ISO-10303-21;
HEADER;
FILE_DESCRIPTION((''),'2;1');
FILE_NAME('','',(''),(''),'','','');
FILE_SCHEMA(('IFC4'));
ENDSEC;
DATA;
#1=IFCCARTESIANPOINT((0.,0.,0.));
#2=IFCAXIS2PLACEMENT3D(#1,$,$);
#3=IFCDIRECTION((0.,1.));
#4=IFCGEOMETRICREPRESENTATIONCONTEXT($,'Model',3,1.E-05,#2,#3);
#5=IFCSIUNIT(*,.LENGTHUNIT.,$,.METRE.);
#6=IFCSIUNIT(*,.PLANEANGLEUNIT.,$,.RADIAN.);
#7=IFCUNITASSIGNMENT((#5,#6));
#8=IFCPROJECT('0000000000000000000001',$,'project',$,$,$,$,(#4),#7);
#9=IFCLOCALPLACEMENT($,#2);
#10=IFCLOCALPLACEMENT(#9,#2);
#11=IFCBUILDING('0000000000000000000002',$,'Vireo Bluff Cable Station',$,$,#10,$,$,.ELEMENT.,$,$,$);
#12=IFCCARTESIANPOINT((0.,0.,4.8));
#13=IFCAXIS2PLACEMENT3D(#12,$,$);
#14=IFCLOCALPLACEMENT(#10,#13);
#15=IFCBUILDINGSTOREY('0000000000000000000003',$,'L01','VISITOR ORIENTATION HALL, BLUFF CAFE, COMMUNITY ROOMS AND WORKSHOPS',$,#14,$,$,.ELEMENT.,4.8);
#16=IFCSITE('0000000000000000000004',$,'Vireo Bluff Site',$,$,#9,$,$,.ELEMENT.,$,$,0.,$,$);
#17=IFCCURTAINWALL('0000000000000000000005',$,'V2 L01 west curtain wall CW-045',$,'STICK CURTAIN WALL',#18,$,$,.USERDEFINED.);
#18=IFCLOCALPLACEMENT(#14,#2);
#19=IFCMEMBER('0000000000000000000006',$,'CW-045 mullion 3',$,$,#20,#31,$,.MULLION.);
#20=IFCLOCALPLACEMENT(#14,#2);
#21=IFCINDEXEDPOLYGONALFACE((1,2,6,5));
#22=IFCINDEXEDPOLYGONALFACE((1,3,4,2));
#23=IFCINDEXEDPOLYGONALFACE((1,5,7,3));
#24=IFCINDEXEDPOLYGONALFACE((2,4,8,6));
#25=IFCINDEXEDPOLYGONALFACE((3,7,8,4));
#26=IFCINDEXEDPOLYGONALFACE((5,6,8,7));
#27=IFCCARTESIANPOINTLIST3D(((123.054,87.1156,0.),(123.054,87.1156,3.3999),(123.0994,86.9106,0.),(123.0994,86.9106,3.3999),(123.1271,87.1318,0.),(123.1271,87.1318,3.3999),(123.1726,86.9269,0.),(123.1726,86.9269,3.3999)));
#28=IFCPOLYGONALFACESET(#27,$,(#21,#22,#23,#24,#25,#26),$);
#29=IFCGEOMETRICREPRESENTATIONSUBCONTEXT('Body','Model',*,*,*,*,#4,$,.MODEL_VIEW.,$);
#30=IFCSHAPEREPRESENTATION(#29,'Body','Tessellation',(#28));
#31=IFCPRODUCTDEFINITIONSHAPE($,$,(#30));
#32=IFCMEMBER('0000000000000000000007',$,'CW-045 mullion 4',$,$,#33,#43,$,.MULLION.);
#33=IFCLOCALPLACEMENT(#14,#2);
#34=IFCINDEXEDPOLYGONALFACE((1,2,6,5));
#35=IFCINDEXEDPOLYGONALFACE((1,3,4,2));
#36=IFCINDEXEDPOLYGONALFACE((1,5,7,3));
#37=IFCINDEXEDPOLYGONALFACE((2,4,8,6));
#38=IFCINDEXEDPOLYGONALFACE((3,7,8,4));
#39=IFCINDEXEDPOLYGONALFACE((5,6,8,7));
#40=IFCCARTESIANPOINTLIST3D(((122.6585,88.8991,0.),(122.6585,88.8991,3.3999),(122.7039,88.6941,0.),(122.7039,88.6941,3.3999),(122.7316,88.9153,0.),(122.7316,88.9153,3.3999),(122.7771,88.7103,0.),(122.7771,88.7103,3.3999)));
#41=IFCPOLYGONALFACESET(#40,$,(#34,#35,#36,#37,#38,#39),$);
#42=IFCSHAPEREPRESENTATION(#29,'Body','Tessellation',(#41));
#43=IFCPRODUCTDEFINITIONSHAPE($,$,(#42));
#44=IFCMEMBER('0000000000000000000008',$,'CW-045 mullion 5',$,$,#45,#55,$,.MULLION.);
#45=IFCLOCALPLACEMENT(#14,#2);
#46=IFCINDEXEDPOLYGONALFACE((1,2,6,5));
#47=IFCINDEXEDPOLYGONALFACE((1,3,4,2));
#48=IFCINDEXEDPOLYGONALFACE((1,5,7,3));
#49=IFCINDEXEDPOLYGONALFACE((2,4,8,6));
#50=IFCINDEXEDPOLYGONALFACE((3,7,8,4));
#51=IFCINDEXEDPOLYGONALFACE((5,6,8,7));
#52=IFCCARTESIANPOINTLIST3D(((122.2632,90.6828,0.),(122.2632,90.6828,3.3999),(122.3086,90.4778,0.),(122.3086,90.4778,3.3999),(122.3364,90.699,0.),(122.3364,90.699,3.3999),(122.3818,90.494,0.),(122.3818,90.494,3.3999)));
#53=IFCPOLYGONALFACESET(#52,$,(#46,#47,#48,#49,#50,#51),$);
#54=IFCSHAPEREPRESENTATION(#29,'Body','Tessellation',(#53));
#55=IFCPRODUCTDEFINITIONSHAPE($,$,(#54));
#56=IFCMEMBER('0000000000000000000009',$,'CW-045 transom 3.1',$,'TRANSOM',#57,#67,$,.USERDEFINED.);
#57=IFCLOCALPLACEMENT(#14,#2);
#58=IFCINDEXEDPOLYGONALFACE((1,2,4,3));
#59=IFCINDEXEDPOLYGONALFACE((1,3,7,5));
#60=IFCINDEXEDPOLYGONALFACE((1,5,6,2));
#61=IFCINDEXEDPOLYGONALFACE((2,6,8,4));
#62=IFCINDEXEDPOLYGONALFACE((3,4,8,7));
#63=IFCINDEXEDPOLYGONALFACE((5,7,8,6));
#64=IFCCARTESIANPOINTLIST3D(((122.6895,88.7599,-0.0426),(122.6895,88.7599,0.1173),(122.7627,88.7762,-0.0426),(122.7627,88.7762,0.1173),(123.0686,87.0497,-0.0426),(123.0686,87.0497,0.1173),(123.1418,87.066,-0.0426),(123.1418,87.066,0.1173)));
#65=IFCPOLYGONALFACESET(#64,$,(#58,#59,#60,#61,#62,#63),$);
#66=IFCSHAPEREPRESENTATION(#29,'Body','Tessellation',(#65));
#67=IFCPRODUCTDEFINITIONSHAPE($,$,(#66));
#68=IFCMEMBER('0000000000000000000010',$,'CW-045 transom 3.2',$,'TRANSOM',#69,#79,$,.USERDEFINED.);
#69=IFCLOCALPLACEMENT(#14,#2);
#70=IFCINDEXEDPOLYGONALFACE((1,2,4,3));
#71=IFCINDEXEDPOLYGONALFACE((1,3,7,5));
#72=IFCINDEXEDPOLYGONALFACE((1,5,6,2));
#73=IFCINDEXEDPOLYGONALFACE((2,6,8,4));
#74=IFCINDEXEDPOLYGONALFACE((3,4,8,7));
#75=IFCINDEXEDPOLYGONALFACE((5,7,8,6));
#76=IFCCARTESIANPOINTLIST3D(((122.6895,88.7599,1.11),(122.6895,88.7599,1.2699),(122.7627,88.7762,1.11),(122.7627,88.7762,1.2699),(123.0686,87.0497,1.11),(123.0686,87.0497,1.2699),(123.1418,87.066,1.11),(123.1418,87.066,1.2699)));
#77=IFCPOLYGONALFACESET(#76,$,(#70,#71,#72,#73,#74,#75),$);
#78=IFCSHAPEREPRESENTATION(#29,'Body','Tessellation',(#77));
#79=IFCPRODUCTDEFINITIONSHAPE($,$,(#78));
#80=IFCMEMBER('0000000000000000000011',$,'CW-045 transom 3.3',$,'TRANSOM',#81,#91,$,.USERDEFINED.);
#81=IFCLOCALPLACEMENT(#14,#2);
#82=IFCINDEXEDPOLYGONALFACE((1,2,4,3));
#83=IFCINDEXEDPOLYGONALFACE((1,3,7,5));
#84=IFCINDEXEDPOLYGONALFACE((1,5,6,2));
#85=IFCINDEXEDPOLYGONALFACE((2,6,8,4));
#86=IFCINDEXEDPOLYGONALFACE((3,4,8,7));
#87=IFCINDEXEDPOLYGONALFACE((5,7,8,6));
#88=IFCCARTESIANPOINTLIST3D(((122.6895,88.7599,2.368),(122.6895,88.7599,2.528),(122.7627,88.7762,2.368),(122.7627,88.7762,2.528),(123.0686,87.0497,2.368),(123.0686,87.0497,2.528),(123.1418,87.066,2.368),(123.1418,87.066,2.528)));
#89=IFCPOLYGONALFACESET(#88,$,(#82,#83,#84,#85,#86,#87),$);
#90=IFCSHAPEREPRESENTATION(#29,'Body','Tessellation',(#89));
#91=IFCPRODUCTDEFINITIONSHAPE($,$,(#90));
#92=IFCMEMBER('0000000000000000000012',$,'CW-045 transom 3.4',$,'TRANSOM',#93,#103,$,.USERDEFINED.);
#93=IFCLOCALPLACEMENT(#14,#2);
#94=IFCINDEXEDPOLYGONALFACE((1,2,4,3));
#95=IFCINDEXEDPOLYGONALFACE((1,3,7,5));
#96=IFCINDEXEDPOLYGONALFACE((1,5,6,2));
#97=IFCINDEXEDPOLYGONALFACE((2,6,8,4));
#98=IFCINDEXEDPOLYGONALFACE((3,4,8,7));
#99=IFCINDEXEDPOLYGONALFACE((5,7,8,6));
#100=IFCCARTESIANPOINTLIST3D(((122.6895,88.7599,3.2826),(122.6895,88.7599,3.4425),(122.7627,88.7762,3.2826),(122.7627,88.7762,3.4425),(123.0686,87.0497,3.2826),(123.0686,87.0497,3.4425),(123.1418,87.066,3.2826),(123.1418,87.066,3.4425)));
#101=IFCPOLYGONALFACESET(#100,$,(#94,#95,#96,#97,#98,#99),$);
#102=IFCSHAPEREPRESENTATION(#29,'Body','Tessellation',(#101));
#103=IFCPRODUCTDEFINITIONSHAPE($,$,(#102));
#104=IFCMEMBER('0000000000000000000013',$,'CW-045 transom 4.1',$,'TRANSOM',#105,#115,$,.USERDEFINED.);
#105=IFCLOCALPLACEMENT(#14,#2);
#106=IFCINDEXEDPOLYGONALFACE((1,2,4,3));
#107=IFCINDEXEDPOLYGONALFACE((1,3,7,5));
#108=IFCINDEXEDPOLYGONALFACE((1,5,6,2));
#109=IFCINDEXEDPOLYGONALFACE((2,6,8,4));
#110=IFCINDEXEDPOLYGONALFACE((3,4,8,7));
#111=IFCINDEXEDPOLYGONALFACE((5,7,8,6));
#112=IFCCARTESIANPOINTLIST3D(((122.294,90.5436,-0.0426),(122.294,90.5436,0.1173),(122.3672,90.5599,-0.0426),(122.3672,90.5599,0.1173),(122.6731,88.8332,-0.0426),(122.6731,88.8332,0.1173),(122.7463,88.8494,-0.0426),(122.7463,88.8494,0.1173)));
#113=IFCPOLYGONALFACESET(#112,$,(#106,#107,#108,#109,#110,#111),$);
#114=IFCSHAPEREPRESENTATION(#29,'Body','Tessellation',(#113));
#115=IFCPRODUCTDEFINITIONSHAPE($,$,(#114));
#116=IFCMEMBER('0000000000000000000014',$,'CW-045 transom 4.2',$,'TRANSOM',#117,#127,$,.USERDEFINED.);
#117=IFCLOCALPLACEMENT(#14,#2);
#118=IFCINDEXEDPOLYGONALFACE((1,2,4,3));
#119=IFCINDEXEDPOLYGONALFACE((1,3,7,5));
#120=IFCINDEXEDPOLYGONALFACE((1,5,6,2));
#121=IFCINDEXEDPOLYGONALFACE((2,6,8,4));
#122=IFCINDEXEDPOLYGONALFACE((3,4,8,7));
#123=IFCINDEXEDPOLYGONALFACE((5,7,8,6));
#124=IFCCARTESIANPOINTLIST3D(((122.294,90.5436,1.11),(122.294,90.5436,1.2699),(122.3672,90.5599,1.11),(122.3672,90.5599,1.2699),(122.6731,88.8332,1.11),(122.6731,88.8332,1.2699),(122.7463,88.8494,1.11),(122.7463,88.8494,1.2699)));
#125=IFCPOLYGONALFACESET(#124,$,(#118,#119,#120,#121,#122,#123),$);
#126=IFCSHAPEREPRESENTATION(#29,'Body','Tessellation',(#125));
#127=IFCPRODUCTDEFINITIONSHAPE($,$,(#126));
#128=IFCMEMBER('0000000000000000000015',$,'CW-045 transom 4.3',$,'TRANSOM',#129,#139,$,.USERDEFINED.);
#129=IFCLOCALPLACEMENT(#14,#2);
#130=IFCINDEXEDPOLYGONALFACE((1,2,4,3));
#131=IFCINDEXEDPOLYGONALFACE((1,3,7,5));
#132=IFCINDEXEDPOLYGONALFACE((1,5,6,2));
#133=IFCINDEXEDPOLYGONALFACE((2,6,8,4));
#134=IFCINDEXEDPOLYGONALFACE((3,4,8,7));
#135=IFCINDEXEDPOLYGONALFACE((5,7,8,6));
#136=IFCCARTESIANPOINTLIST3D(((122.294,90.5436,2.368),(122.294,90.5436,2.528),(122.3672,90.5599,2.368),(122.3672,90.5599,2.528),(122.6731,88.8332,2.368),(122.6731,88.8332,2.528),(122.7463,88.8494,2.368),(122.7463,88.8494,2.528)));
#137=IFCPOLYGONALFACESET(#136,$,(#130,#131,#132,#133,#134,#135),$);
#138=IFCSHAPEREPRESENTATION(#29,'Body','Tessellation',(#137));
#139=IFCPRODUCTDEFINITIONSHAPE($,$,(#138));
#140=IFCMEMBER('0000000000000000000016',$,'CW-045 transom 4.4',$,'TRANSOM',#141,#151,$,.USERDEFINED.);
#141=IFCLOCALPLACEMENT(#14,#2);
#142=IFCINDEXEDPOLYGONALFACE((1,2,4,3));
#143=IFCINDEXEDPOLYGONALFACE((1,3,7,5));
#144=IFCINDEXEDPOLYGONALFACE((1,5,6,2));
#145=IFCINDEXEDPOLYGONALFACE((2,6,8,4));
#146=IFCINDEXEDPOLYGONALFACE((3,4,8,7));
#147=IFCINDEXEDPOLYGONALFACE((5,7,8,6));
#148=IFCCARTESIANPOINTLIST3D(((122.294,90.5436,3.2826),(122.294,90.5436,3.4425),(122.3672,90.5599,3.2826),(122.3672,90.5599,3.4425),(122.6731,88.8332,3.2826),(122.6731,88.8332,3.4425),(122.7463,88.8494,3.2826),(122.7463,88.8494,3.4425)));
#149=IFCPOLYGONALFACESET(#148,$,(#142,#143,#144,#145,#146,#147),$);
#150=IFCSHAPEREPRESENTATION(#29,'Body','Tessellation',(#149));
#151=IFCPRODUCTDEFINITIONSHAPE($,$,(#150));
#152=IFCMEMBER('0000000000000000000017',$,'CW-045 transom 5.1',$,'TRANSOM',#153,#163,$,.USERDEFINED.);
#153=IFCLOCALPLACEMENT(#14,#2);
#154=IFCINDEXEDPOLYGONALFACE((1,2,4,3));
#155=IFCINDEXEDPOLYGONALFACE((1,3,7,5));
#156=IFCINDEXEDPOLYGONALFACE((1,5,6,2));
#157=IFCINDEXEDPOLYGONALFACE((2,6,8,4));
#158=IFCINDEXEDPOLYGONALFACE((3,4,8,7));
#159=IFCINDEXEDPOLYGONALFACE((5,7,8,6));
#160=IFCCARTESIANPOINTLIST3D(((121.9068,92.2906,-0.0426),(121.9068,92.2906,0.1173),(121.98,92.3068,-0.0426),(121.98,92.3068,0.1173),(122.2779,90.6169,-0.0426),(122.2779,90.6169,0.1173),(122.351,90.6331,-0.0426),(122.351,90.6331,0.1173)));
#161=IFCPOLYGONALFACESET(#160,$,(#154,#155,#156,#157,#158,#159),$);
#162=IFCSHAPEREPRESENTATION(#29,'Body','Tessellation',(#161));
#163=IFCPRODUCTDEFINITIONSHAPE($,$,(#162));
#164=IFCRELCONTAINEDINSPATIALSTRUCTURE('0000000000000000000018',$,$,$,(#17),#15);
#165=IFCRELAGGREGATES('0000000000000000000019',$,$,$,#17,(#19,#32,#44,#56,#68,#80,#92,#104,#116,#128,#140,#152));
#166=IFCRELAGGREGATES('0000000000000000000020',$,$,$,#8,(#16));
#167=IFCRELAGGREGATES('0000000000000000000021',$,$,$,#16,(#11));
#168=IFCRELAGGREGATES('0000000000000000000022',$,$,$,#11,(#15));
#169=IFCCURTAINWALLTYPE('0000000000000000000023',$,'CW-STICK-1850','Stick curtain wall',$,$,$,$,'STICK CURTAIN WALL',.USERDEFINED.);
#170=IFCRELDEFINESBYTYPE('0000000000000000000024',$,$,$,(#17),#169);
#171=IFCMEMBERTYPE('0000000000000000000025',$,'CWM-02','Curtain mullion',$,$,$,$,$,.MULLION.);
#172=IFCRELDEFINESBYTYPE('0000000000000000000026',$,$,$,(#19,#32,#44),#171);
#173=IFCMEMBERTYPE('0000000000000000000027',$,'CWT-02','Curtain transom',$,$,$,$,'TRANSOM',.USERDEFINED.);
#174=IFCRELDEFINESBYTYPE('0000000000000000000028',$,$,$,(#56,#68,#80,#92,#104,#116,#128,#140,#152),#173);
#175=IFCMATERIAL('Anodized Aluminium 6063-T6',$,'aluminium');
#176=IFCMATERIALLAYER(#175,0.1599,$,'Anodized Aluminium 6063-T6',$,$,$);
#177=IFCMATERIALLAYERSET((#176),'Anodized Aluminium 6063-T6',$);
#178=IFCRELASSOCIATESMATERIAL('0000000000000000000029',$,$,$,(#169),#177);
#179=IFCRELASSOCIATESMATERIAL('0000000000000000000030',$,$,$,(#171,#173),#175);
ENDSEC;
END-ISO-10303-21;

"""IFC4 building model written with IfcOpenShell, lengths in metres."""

from ifc_helpers import new_model, si_unit, direction, frame, origin, origin_2d, place, context, subcontext, project, spatial, rectangle, extrude, material, layer, layer_set, material_profile, profile_set, type_object, element, aggregate, save


model = new_model("IFC4")

# Units and contexts
model_context = context("Model", 3, precision=1e-05, world=origin(), true_north=direction((0.0, 1.0)))
body_context = subcontext(model_context, "Body", "Model", "MODEL_VIEW")
ifc_project = project(units=[si_unit("LENGTHUNIT", "METRE"), si_unit("PLANEANGLEUNIT", "RADIAN")], contexts=[model_context])

# Site, building, storey
site_placement = place(None, origin())
site = spatial("IfcSite", under=ifc_project, at=site_placement, Name="Vireo Bluff Site", CompositionType="ELEMENT", RefElevation=0.0)
building_placement = place(site_placement, origin())
building = spatial("IfcBuilding", under=site, at=building_placement, Name="Vireo Bluff Cable Station", CompositionType="ELEMENT")
storey_placement = place(building_placement, frame((0.0, 0.0, 4.8)))
storey = spatial("IfcBuildingStorey", under=building, at=storey_placement, Name="L01", Description="VISITOR ORIENTATION HALL, BLUFF CAFE, COMMUNITY ROOMS AND WORKSHOPS", CompositionType="ELEMENT", Elevation=4.8)

# Curtain wall, members
ifc_material_1 = material(Name="Anodized Aluminium 6063-T6", Category="aluminium")
ifc_layer_1 = layer(ifc_material_1, 0.1599, Name="Anodized Aluminium 6063-T6")
ifc_layer_set_1 = layer_set([ifc_layer_1], Name="Anodized Aluminium 6063-T6")
curtain_wall_type = type_object("IfcCurtainWallType", Name="CW-STICK-1850", Description="Stick curtain wall", ElementType="STICK CURTAIN WALL", PredefinedType="USERDEFINED", material=ifc_layer_set_1)
curtain_wall_placement = place(storey_placement, origin())
curtain_wall = element("IfcCurtainWall", 1, at=curtain_wall_placement, inside=storey, type_object=curtain_wall_type, Name="V2 L01 west curtain wall CW-045", ObjectType="STICK CURTAIN WALL", PredefinedType="USERDEFINED")
ifc_material_profile_1 = material_profile(ifc_material_1, rectangle(XDim=0.075, YDim=0.21, at=origin_2d()), Name="ALU-M-75X210")
ifc_profile_set_1 = profile_set([ifc_material_profile_1], Name="Anodized Aluminium 6063-T6")
member_type_1 = type_object("IfcMemberType", Name="CWM-02", Description="Curtain mullion", PredefinedType="MULLION", material=ifc_profile_set_1)
member_1_placement = place(storey_placement, frame((123.1133, 87.0212, 0.0), z_axis=(0.0, 0.0, 1.0), x_axis=(-0.976296, -0.21644, 0.0)))
member_1 = element("IfcMember", 2, at=member_1_placement, type_object=member_type_1, Name="CW-045 mullion 3", PredefinedType="MULLION", context=body_context, shape_type="SweptSolid", body=[
    extrude(rectangle(XDim=0.075, YDim=0.21, at=origin_2d()), origin(), (0.0, 0.0, 1.0), 3.3999),
])
member_2_placement = place(storey_placement, frame((122.7178, 88.8047, 0.0), z_axis=(0.0, 0.0, 1.0), x_axis=(-0.976296, -0.21644, 0.0)))
member_2 = element("IfcMember", 3, at=member_2_placement, type_object=member_type_1, Name="CW-045 mullion 4", PredefinedType="MULLION", context=body_context, shape_type="SweptSolid", body=[
    extrude(rectangle(XDim=0.075, YDim=0.21, at=origin_2d()), origin(), (0.0, 0.0, 1.0), 3.3999),
])
member_3_placement = place(storey_placement, frame((122.3225, 90.5884, 0.0), z_axis=(0.0, 0.0, 1.0), x_axis=(-0.976296, -0.21644, 0.0)))
member_3 = element("IfcMember", 4, at=member_3_placement, type_object=member_type_1, Name="CW-045 mullion 5", PredefinedType="MULLION", context=body_context, shape_type="SweptSolid", body=[
    extrude(rectangle(XDim=0.075, YDim=0.21, at=origin_2d()), origin(), (0.0, 0.0, 1.0), 3.3999),
])
ifc_material_profile_2 = material_profile(ifc_material_1, rectangle(XDim=0.075, YDim=0.1599, at=origin_2d()), Name="ALU-T-75X160")
ifc_profile_set_2 = profile_set([ifc_material_profile_2], Name="Anodized Aluminium 6063-T6")
member_type_2 = type_object("IfcMemberType", Name="CWT-02", Description="Curtain transom", ElementType="TRANSOM", PredefinedType="USERDEFINED", material=ifc_profile_set_2)
member_4_placement = place(storey_placement, frame((123.1052, 87.0579, 0.0374), z_axis=(-0.216443, 0.976295, 0.0), x_axis=(-0.976295, -0.216443, 0.0)))
member_4 = element("IfcMember", 5, at=member_4_placement, type_object=member_type_2, Name="CW-045 transom 3.1", ObjectType="TRANSOM", PredefinedType="USERDEFINED", context=body_context, shape_type="SweptSolid", body=[
    extrude(rectangle(XDim=0.075, YDim=0.1599, at=origin_2d()), origin(), (0.0, 0.0, 1.0), 1.7517),
])
member_5_placement = place(storey_placement, frame((123.1052, 87.0579, 1.1899), z_axis=(-0.216443, 0.976295, 0.0), x_axis=(-0.976295, -0.216443, 0.0)))
member_5 = element("IfcMember", 6, at=member_5_placement, type_object=member_type_2, Name="CW-045 transom 3.2", ObjectType="TRANSOM", PredefinedType="USERDEFINED", context=body_context, shape_type="SweptSolid", body=[
    extrude(rectangle(XDim=0.075, YDim=0.1599, at=origin_2d()), origin(), (0.0, 0.0, 1.0), 1.7517),
])
member_6_placement = place(storey_placement, frame((123.1052, 87.0579, 2.448), z_axis=(-0.216443, 0.976295, 0.0), x_axis=(-0.976295, -0.216443, 0.0)))
member_6 = element("IfcMember", 7, at=member_6_placement, type_object=member_type_2, Name="CW-045 transom 3.3", ObjectType="TRANSOM", PredefinedType="USERDEFINED", context=body_context, shape_type="SweptSolid", body=[
    extrude(rectangle(XDim=0.075, YDim=0.1599, at=origin_2d()), origin(), (0.0, 0.0, 1.0), 1.7517),
])
member_7_placement = place(storey_placement, frame((123.1052, 87.0579, 3.3625), z_axis=(-0.216443, 0.976295, 0.0), x_axis=(-0.976295, -0.216443, 0.0)))
member_7 = element("IfcMember", 8, at=member_7_placement, type_object=member_type_2, Name="CW-045 transom 3.4", ObjectType="TRANSOM", PredefinedType="USERDEFINED", context=body_context, shape_type="SweptSolid", body=[
    extrude(rectangle(XDim=0.075, YDim=0.1599, at=origin_2d()), origin(), (0.0, 0.0, 1.0), 1.7517),
])
member_8_placement = place(storey_placement, frame((122.7097, 88.8413, 0.0374), z_axis=(-0.216414, 0.976302, 0.0), x_axis=(-0.976302, -0.216414, 0.0)))
member_8 = element("IfcMember", 9, at=member_8_placement, type_object=member_type_2, Name="CW-045 transom 4.1", ObjectType="TRANSOM", PredefinedType="USERDEFINED", context=body_context, shape_type="SweptSolid", body=[
    extrude(rectangle(XDim=0.075, YDim=0.1599, at=origin_2d()), origin(), (0.0, 0.0, 1.0), 1.752),
])
member_9_placement = place(storey_placement, frame((122.7097, 88.8413, 1.1899), z_axis=(-0.216414, 0.976302, 0.0), x_axis=(-0.976302, -0.216414, 0.0)))
member_9 = element("IfcMember", 10, at=member_9_placement, type_object=member_type_2, Name="CW-045 transom 4.2", ObjectType="TRANSOM", PredefinedType="USERDEFINED", context=body_context, shape_type="SweptSolid", body=[
    extrude(rectangle(XDim=0.075, YDim=0.1599, at=origin_2d()), origin(), (0.0, 0.0, 1.0), 1.752),
])
member_10_placement = place(storey_placement, frame((122.7097, 88.8413, 2.448), z_axis=(-0.216414, 0.976302, 0.0), x_axis=(-0.976302, -0.216414, 0.0)))
member_10 = element("IfcMember", 11, at=member_10_placement, type_object=member_type_2, Name="CW-045 transom 4.3", ObjectType="TRANSOM", PredefinedType="USERDEFINED", context=body_context, shape_type="SweptSolid", body=[
    extrude(rectangle(XDim=0.075, YDim=0.1599, at=origin_2d()), origin(), (0.0, 0.0, 1.0), 1.752),
])
member_11_placement = place(storey_placement, frame((122.7097, 88.8413, 3.3625), z_axis=(-0.216414, 0.976302, 0.0), x_axis=(-0.976302, -0.216414, 0.0)))
member_11 = element("IfcMember", 12, at=member_11_placement, type_object=member_type_2, Name="CW-045 transom 4.4", ObjectType="TRANSOM", PredefinedType="USERDEFINED", context=body_context, shape_type="SweptSolid", body=[
    extrude(rectangle(XDim=0.075, YDim=0.1599, at=origin_2d()), origin(), (0.0, 0.0, 1.0), 1.752),
])
member_12_placement = place(storey_placement, frame((122.3145, 90.625, 0.0374), z_axis=(-0.216448, 0.976294, 0.0), x_axis=(-0.976294, -0.216448, 0.0)))
member_12 = element("IfcMember", 13, at=member_12_placement, type_object=member_type_2, Name="CW-045 transom 5.1", ObjectType="TRANSOM", PredefinedType="USERDEFINED", context=body_context, shape_type="SweptSolid", body=[
    extrude(rectangle(XDim=0.075, YDim=0.1599, at=origin_2d()), origin(), (0.0, 0.0, 1.0), 1.7144),
])

aggregate(curtain_wall, [member_1, member_2, member_3, member_4, member_5, member_6, member_7, member_8, member_9, member_10, member_11, member_12])

save(model, "model.ifc")
